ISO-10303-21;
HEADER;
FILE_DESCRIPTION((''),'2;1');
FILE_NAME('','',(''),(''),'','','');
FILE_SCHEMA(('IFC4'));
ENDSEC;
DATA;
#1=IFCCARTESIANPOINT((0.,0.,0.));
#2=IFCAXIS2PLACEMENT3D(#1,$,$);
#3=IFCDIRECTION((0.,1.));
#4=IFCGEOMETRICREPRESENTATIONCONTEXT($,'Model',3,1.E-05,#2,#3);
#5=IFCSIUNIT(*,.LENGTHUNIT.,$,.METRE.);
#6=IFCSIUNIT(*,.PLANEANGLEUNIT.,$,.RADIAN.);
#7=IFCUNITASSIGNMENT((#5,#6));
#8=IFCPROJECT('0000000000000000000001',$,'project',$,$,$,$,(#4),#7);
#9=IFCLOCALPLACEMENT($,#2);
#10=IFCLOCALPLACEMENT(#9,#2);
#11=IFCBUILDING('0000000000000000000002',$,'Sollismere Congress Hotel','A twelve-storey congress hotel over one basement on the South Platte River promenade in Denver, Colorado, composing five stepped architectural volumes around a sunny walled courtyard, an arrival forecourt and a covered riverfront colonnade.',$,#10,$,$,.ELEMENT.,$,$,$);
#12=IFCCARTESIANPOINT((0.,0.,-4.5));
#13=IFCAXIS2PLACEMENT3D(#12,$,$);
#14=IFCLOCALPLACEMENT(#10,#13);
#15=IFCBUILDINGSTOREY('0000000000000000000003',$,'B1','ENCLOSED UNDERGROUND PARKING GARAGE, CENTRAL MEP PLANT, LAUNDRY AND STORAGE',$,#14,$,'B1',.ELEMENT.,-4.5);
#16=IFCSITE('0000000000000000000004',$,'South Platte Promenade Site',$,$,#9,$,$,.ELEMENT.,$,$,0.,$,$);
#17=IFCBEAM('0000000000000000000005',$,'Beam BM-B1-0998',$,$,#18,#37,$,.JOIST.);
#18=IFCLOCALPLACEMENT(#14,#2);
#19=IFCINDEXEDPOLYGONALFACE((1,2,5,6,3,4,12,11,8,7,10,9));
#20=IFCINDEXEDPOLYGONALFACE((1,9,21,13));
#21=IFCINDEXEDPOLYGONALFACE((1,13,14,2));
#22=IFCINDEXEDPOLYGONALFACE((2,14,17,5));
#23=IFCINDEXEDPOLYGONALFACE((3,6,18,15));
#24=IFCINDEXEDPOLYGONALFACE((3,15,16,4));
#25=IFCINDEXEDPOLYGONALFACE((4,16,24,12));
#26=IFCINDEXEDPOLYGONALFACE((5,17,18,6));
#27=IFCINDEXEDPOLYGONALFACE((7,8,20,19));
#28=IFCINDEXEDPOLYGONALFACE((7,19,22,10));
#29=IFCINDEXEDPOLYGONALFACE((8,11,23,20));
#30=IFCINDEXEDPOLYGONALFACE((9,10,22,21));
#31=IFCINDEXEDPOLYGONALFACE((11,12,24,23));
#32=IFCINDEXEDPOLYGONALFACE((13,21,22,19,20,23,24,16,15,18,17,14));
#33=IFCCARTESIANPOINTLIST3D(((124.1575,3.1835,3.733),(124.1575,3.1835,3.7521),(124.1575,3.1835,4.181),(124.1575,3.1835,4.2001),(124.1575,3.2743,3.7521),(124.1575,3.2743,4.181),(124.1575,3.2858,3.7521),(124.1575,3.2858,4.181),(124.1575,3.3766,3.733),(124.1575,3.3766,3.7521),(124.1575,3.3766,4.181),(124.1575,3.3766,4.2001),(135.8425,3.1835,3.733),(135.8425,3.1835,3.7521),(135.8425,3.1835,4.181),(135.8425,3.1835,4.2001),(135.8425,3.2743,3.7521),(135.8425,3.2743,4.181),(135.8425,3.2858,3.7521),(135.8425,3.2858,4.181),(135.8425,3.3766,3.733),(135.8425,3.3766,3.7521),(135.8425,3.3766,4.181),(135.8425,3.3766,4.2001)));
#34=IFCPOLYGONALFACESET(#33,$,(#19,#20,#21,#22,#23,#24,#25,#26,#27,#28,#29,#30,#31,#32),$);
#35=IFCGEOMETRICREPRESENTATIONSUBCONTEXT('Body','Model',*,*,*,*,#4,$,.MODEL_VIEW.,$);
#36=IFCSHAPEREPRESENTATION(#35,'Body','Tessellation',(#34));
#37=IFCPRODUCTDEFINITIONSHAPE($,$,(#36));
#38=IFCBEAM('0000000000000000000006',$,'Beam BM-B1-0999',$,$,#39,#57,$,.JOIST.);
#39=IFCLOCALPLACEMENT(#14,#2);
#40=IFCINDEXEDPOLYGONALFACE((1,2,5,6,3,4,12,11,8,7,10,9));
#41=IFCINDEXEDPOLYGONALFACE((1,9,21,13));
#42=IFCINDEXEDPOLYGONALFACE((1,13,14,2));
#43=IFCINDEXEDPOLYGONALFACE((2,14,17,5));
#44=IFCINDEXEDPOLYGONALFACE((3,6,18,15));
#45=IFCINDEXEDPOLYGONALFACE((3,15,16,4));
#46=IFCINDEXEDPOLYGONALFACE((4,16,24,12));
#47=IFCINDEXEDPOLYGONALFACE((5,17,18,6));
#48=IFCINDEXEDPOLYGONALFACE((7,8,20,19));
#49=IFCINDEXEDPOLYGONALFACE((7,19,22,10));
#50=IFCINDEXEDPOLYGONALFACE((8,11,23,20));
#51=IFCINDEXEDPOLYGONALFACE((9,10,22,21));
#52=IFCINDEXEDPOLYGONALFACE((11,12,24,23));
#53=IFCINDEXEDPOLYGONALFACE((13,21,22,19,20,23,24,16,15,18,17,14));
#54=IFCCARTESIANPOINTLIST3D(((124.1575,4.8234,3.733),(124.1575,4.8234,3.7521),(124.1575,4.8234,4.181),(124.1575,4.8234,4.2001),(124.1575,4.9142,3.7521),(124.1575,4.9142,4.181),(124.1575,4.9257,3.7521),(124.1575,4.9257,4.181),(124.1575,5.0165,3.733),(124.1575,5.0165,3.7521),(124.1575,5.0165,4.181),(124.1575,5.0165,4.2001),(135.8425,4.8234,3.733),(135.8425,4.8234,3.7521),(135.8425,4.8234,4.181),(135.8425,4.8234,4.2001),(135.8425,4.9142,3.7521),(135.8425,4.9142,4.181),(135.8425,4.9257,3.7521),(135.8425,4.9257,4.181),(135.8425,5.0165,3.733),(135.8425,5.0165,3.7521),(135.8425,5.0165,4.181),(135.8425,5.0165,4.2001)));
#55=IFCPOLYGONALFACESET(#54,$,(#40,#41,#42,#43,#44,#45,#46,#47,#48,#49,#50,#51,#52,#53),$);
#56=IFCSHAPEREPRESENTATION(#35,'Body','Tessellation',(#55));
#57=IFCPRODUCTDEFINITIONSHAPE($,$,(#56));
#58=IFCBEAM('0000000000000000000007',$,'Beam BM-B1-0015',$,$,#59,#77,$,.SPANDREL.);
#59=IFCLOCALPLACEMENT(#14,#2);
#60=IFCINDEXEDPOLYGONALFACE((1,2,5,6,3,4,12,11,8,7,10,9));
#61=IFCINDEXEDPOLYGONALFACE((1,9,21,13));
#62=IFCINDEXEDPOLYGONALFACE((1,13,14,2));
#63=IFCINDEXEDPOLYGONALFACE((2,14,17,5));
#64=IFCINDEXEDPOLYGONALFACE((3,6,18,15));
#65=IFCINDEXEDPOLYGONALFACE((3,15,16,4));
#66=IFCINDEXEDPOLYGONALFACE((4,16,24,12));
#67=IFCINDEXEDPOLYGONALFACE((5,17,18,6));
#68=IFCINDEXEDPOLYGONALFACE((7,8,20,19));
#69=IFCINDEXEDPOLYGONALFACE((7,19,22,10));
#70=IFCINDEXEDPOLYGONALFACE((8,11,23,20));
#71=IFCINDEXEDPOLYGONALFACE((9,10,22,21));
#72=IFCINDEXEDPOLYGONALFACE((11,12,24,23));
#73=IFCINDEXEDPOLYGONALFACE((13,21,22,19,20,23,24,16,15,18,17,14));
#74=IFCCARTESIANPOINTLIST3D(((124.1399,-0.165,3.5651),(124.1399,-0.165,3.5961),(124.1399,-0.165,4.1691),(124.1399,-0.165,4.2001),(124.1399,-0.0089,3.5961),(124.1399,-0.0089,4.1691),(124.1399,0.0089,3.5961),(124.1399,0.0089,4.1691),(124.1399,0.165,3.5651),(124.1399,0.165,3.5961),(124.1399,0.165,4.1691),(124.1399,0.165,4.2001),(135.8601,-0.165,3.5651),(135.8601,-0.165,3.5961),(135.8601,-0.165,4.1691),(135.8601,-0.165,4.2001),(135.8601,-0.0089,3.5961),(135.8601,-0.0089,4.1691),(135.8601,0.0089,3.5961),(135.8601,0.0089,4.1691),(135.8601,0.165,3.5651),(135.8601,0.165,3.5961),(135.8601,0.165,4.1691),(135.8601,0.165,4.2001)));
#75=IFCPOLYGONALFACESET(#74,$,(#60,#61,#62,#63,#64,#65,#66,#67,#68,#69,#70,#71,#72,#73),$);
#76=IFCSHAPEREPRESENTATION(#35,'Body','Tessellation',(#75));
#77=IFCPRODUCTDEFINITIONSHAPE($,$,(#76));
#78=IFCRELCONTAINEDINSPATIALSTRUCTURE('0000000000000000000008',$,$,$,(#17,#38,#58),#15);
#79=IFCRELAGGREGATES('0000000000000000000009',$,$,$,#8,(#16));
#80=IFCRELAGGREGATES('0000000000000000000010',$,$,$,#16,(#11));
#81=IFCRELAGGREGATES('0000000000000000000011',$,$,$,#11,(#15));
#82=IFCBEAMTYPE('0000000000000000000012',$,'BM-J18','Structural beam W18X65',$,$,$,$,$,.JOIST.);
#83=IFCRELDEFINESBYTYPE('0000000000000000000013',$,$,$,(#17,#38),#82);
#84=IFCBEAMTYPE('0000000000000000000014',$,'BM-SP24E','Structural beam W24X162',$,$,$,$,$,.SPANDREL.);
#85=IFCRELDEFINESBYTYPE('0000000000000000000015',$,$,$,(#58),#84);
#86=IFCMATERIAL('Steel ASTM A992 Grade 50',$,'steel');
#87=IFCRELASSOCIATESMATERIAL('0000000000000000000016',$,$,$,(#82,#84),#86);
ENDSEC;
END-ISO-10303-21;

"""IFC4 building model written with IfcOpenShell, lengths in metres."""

from ifc_helpers import new_model, si_unit, direction, frame, origin, origin_2d, place, context, subcontext, project, spatial, i_section, extrude, material, material_profile, profile_set, type_object, element, save


model = new_model("IFC4")

# Units and contexts
model_context = context("Model", 3, precision=1e-05, world=origin(), true_north=direction((0.0, 1.0)))
body_context = subcontext(model_context, "Body", "Model", "MODEL_VIEW")
ifc_project = project(units=[si_unit("LENGTHUNIT", "METRE"), si_unit("PLANEANGLEUNIT", "RADIAN")], contexts=[model_context])

# Site, building, storey
site_placement = place(None, origin())
site = spatial("IfcSite", under=ifc_project, at=site_placement, Name="South Platte Promenade Site", CompositionType="ELEMENT", RefElevation=0.0)
building_placement = place(site_placement, origin())
building = spatial("IfcBuilding", under=site, at=building_placement, Name="Sollismere Congress Hotel", Description="A twelve-storey congress hotel over one basement on the South Platte River promenade in Denver, Colorado, composing five stepped architectural volumes around a sunny walled courtyard, an arrival forecourt and a covered riverfront colonnade.", CompositionType="ELEMENT")
storey_placement = place(building_placement, frame((0.0, 0.0, -4.5)))
storey = spatial("IfcBuildingStorey", under=building, at=storey_placement, Name="B1", Description="ENCLOSED UNDERGROUND PARKING GARAGE, CENTRAL MEP PLANT, LAUNDRY AND STORAGE", LongName="B1", CompositionType="ELEMENT", Elevation=-4.5)

# Beams
ifc_material_1 = material(Name="Steel ASTM A992 Grade 50", Category="steel")
ifc_material_profile_1 = material_profile(ifc_material_1, i_section(OverallWidth=0.1931, OverallDepth=0.467, WebThickness=0.0115, FlangeThickness=0.019, at=origin_2d()), Name="W18X65")
ifc_profile_set_1 = profile_set([ifc_material_profile_1], Name="Steel ASTM A992 Grade 50")
beam_type_1 = type_object("IfcBeamType", Name="BM-J18", Description="Structural beam W18X65", PredefinedType="JOIST", material=ifc_profile_set_1)
for number, where, z_axis, x_axis, name in (
    (1, (124.1575, 3.28, 3.9666), (1.0, 0.0, 0.0), (0.0, 1.0, 0.0), "Beam BM-B1-0998"),
    (2, (124.1575, 4.9199, 3.9666), (1.0, 0.0, 0.0), (0.0, 1.0, 0.0), "Beam BM-B1-0999"),
):
    element("IfcBeam", number, at=place(storey_placement, frame(where, z_axis=z_axis, x_axis=x_axis)), inside=storey, type_object=beam_type_1, Name=name, PredefinedType="JOIST", context=body_context, shape_type="SweptSolid", body=[
        extrude(i_section(OverallWidth=0.1931, OverallDepth=0.467, WebThickness=0.0115, FlangeThickness=0.019, at=origin_2d()), origin(), (0.0, 0.0, 1.0), 11.6851),
    ])
ifc_material_profile_2 = material_profile(ifc_material_1, i_section(OverallWidth=0.3301, OverallDepth=0.635, WebThickness=0.0178, FlangeThickness=0.031, at=origin_2d()), Name="W24X162")
ifc_profile_set_2 = profile_set([ifc_material_profile_2], Name="Steel ASTM A992 Grade 50")
beam_type_2 = type_object("IfcBeamType", Name="BM-SP24E", Description="Structural beam W24X162", PredefinedType="SPANDREL", material=ifc_profile_set_2)
beam_placement = place(storey_placement, frame((124.1399, 0.0, 3.8826), z_axis=(1.0, 0.0, 0.0), x_axis=(0.0, 1.0, 0.0)))
element("IfcBeam", 3, at=beam_placement, inside=storey, type_object=beam_type_2, Name="Beam BM-B1-0015", PredefinedType="SPANDREL", context=body_context, shape_type="SweptSolid", body=[
    extrude(i_section(OverallWidth=0.3301, OverallDepth=0.635, WebThickness=0.0178, FlangeThickness=0.031, at=origin_2d()), origin(), (0.0, 0.0, 1.0), 11.7202),
])

save(model, "model.ifc")
